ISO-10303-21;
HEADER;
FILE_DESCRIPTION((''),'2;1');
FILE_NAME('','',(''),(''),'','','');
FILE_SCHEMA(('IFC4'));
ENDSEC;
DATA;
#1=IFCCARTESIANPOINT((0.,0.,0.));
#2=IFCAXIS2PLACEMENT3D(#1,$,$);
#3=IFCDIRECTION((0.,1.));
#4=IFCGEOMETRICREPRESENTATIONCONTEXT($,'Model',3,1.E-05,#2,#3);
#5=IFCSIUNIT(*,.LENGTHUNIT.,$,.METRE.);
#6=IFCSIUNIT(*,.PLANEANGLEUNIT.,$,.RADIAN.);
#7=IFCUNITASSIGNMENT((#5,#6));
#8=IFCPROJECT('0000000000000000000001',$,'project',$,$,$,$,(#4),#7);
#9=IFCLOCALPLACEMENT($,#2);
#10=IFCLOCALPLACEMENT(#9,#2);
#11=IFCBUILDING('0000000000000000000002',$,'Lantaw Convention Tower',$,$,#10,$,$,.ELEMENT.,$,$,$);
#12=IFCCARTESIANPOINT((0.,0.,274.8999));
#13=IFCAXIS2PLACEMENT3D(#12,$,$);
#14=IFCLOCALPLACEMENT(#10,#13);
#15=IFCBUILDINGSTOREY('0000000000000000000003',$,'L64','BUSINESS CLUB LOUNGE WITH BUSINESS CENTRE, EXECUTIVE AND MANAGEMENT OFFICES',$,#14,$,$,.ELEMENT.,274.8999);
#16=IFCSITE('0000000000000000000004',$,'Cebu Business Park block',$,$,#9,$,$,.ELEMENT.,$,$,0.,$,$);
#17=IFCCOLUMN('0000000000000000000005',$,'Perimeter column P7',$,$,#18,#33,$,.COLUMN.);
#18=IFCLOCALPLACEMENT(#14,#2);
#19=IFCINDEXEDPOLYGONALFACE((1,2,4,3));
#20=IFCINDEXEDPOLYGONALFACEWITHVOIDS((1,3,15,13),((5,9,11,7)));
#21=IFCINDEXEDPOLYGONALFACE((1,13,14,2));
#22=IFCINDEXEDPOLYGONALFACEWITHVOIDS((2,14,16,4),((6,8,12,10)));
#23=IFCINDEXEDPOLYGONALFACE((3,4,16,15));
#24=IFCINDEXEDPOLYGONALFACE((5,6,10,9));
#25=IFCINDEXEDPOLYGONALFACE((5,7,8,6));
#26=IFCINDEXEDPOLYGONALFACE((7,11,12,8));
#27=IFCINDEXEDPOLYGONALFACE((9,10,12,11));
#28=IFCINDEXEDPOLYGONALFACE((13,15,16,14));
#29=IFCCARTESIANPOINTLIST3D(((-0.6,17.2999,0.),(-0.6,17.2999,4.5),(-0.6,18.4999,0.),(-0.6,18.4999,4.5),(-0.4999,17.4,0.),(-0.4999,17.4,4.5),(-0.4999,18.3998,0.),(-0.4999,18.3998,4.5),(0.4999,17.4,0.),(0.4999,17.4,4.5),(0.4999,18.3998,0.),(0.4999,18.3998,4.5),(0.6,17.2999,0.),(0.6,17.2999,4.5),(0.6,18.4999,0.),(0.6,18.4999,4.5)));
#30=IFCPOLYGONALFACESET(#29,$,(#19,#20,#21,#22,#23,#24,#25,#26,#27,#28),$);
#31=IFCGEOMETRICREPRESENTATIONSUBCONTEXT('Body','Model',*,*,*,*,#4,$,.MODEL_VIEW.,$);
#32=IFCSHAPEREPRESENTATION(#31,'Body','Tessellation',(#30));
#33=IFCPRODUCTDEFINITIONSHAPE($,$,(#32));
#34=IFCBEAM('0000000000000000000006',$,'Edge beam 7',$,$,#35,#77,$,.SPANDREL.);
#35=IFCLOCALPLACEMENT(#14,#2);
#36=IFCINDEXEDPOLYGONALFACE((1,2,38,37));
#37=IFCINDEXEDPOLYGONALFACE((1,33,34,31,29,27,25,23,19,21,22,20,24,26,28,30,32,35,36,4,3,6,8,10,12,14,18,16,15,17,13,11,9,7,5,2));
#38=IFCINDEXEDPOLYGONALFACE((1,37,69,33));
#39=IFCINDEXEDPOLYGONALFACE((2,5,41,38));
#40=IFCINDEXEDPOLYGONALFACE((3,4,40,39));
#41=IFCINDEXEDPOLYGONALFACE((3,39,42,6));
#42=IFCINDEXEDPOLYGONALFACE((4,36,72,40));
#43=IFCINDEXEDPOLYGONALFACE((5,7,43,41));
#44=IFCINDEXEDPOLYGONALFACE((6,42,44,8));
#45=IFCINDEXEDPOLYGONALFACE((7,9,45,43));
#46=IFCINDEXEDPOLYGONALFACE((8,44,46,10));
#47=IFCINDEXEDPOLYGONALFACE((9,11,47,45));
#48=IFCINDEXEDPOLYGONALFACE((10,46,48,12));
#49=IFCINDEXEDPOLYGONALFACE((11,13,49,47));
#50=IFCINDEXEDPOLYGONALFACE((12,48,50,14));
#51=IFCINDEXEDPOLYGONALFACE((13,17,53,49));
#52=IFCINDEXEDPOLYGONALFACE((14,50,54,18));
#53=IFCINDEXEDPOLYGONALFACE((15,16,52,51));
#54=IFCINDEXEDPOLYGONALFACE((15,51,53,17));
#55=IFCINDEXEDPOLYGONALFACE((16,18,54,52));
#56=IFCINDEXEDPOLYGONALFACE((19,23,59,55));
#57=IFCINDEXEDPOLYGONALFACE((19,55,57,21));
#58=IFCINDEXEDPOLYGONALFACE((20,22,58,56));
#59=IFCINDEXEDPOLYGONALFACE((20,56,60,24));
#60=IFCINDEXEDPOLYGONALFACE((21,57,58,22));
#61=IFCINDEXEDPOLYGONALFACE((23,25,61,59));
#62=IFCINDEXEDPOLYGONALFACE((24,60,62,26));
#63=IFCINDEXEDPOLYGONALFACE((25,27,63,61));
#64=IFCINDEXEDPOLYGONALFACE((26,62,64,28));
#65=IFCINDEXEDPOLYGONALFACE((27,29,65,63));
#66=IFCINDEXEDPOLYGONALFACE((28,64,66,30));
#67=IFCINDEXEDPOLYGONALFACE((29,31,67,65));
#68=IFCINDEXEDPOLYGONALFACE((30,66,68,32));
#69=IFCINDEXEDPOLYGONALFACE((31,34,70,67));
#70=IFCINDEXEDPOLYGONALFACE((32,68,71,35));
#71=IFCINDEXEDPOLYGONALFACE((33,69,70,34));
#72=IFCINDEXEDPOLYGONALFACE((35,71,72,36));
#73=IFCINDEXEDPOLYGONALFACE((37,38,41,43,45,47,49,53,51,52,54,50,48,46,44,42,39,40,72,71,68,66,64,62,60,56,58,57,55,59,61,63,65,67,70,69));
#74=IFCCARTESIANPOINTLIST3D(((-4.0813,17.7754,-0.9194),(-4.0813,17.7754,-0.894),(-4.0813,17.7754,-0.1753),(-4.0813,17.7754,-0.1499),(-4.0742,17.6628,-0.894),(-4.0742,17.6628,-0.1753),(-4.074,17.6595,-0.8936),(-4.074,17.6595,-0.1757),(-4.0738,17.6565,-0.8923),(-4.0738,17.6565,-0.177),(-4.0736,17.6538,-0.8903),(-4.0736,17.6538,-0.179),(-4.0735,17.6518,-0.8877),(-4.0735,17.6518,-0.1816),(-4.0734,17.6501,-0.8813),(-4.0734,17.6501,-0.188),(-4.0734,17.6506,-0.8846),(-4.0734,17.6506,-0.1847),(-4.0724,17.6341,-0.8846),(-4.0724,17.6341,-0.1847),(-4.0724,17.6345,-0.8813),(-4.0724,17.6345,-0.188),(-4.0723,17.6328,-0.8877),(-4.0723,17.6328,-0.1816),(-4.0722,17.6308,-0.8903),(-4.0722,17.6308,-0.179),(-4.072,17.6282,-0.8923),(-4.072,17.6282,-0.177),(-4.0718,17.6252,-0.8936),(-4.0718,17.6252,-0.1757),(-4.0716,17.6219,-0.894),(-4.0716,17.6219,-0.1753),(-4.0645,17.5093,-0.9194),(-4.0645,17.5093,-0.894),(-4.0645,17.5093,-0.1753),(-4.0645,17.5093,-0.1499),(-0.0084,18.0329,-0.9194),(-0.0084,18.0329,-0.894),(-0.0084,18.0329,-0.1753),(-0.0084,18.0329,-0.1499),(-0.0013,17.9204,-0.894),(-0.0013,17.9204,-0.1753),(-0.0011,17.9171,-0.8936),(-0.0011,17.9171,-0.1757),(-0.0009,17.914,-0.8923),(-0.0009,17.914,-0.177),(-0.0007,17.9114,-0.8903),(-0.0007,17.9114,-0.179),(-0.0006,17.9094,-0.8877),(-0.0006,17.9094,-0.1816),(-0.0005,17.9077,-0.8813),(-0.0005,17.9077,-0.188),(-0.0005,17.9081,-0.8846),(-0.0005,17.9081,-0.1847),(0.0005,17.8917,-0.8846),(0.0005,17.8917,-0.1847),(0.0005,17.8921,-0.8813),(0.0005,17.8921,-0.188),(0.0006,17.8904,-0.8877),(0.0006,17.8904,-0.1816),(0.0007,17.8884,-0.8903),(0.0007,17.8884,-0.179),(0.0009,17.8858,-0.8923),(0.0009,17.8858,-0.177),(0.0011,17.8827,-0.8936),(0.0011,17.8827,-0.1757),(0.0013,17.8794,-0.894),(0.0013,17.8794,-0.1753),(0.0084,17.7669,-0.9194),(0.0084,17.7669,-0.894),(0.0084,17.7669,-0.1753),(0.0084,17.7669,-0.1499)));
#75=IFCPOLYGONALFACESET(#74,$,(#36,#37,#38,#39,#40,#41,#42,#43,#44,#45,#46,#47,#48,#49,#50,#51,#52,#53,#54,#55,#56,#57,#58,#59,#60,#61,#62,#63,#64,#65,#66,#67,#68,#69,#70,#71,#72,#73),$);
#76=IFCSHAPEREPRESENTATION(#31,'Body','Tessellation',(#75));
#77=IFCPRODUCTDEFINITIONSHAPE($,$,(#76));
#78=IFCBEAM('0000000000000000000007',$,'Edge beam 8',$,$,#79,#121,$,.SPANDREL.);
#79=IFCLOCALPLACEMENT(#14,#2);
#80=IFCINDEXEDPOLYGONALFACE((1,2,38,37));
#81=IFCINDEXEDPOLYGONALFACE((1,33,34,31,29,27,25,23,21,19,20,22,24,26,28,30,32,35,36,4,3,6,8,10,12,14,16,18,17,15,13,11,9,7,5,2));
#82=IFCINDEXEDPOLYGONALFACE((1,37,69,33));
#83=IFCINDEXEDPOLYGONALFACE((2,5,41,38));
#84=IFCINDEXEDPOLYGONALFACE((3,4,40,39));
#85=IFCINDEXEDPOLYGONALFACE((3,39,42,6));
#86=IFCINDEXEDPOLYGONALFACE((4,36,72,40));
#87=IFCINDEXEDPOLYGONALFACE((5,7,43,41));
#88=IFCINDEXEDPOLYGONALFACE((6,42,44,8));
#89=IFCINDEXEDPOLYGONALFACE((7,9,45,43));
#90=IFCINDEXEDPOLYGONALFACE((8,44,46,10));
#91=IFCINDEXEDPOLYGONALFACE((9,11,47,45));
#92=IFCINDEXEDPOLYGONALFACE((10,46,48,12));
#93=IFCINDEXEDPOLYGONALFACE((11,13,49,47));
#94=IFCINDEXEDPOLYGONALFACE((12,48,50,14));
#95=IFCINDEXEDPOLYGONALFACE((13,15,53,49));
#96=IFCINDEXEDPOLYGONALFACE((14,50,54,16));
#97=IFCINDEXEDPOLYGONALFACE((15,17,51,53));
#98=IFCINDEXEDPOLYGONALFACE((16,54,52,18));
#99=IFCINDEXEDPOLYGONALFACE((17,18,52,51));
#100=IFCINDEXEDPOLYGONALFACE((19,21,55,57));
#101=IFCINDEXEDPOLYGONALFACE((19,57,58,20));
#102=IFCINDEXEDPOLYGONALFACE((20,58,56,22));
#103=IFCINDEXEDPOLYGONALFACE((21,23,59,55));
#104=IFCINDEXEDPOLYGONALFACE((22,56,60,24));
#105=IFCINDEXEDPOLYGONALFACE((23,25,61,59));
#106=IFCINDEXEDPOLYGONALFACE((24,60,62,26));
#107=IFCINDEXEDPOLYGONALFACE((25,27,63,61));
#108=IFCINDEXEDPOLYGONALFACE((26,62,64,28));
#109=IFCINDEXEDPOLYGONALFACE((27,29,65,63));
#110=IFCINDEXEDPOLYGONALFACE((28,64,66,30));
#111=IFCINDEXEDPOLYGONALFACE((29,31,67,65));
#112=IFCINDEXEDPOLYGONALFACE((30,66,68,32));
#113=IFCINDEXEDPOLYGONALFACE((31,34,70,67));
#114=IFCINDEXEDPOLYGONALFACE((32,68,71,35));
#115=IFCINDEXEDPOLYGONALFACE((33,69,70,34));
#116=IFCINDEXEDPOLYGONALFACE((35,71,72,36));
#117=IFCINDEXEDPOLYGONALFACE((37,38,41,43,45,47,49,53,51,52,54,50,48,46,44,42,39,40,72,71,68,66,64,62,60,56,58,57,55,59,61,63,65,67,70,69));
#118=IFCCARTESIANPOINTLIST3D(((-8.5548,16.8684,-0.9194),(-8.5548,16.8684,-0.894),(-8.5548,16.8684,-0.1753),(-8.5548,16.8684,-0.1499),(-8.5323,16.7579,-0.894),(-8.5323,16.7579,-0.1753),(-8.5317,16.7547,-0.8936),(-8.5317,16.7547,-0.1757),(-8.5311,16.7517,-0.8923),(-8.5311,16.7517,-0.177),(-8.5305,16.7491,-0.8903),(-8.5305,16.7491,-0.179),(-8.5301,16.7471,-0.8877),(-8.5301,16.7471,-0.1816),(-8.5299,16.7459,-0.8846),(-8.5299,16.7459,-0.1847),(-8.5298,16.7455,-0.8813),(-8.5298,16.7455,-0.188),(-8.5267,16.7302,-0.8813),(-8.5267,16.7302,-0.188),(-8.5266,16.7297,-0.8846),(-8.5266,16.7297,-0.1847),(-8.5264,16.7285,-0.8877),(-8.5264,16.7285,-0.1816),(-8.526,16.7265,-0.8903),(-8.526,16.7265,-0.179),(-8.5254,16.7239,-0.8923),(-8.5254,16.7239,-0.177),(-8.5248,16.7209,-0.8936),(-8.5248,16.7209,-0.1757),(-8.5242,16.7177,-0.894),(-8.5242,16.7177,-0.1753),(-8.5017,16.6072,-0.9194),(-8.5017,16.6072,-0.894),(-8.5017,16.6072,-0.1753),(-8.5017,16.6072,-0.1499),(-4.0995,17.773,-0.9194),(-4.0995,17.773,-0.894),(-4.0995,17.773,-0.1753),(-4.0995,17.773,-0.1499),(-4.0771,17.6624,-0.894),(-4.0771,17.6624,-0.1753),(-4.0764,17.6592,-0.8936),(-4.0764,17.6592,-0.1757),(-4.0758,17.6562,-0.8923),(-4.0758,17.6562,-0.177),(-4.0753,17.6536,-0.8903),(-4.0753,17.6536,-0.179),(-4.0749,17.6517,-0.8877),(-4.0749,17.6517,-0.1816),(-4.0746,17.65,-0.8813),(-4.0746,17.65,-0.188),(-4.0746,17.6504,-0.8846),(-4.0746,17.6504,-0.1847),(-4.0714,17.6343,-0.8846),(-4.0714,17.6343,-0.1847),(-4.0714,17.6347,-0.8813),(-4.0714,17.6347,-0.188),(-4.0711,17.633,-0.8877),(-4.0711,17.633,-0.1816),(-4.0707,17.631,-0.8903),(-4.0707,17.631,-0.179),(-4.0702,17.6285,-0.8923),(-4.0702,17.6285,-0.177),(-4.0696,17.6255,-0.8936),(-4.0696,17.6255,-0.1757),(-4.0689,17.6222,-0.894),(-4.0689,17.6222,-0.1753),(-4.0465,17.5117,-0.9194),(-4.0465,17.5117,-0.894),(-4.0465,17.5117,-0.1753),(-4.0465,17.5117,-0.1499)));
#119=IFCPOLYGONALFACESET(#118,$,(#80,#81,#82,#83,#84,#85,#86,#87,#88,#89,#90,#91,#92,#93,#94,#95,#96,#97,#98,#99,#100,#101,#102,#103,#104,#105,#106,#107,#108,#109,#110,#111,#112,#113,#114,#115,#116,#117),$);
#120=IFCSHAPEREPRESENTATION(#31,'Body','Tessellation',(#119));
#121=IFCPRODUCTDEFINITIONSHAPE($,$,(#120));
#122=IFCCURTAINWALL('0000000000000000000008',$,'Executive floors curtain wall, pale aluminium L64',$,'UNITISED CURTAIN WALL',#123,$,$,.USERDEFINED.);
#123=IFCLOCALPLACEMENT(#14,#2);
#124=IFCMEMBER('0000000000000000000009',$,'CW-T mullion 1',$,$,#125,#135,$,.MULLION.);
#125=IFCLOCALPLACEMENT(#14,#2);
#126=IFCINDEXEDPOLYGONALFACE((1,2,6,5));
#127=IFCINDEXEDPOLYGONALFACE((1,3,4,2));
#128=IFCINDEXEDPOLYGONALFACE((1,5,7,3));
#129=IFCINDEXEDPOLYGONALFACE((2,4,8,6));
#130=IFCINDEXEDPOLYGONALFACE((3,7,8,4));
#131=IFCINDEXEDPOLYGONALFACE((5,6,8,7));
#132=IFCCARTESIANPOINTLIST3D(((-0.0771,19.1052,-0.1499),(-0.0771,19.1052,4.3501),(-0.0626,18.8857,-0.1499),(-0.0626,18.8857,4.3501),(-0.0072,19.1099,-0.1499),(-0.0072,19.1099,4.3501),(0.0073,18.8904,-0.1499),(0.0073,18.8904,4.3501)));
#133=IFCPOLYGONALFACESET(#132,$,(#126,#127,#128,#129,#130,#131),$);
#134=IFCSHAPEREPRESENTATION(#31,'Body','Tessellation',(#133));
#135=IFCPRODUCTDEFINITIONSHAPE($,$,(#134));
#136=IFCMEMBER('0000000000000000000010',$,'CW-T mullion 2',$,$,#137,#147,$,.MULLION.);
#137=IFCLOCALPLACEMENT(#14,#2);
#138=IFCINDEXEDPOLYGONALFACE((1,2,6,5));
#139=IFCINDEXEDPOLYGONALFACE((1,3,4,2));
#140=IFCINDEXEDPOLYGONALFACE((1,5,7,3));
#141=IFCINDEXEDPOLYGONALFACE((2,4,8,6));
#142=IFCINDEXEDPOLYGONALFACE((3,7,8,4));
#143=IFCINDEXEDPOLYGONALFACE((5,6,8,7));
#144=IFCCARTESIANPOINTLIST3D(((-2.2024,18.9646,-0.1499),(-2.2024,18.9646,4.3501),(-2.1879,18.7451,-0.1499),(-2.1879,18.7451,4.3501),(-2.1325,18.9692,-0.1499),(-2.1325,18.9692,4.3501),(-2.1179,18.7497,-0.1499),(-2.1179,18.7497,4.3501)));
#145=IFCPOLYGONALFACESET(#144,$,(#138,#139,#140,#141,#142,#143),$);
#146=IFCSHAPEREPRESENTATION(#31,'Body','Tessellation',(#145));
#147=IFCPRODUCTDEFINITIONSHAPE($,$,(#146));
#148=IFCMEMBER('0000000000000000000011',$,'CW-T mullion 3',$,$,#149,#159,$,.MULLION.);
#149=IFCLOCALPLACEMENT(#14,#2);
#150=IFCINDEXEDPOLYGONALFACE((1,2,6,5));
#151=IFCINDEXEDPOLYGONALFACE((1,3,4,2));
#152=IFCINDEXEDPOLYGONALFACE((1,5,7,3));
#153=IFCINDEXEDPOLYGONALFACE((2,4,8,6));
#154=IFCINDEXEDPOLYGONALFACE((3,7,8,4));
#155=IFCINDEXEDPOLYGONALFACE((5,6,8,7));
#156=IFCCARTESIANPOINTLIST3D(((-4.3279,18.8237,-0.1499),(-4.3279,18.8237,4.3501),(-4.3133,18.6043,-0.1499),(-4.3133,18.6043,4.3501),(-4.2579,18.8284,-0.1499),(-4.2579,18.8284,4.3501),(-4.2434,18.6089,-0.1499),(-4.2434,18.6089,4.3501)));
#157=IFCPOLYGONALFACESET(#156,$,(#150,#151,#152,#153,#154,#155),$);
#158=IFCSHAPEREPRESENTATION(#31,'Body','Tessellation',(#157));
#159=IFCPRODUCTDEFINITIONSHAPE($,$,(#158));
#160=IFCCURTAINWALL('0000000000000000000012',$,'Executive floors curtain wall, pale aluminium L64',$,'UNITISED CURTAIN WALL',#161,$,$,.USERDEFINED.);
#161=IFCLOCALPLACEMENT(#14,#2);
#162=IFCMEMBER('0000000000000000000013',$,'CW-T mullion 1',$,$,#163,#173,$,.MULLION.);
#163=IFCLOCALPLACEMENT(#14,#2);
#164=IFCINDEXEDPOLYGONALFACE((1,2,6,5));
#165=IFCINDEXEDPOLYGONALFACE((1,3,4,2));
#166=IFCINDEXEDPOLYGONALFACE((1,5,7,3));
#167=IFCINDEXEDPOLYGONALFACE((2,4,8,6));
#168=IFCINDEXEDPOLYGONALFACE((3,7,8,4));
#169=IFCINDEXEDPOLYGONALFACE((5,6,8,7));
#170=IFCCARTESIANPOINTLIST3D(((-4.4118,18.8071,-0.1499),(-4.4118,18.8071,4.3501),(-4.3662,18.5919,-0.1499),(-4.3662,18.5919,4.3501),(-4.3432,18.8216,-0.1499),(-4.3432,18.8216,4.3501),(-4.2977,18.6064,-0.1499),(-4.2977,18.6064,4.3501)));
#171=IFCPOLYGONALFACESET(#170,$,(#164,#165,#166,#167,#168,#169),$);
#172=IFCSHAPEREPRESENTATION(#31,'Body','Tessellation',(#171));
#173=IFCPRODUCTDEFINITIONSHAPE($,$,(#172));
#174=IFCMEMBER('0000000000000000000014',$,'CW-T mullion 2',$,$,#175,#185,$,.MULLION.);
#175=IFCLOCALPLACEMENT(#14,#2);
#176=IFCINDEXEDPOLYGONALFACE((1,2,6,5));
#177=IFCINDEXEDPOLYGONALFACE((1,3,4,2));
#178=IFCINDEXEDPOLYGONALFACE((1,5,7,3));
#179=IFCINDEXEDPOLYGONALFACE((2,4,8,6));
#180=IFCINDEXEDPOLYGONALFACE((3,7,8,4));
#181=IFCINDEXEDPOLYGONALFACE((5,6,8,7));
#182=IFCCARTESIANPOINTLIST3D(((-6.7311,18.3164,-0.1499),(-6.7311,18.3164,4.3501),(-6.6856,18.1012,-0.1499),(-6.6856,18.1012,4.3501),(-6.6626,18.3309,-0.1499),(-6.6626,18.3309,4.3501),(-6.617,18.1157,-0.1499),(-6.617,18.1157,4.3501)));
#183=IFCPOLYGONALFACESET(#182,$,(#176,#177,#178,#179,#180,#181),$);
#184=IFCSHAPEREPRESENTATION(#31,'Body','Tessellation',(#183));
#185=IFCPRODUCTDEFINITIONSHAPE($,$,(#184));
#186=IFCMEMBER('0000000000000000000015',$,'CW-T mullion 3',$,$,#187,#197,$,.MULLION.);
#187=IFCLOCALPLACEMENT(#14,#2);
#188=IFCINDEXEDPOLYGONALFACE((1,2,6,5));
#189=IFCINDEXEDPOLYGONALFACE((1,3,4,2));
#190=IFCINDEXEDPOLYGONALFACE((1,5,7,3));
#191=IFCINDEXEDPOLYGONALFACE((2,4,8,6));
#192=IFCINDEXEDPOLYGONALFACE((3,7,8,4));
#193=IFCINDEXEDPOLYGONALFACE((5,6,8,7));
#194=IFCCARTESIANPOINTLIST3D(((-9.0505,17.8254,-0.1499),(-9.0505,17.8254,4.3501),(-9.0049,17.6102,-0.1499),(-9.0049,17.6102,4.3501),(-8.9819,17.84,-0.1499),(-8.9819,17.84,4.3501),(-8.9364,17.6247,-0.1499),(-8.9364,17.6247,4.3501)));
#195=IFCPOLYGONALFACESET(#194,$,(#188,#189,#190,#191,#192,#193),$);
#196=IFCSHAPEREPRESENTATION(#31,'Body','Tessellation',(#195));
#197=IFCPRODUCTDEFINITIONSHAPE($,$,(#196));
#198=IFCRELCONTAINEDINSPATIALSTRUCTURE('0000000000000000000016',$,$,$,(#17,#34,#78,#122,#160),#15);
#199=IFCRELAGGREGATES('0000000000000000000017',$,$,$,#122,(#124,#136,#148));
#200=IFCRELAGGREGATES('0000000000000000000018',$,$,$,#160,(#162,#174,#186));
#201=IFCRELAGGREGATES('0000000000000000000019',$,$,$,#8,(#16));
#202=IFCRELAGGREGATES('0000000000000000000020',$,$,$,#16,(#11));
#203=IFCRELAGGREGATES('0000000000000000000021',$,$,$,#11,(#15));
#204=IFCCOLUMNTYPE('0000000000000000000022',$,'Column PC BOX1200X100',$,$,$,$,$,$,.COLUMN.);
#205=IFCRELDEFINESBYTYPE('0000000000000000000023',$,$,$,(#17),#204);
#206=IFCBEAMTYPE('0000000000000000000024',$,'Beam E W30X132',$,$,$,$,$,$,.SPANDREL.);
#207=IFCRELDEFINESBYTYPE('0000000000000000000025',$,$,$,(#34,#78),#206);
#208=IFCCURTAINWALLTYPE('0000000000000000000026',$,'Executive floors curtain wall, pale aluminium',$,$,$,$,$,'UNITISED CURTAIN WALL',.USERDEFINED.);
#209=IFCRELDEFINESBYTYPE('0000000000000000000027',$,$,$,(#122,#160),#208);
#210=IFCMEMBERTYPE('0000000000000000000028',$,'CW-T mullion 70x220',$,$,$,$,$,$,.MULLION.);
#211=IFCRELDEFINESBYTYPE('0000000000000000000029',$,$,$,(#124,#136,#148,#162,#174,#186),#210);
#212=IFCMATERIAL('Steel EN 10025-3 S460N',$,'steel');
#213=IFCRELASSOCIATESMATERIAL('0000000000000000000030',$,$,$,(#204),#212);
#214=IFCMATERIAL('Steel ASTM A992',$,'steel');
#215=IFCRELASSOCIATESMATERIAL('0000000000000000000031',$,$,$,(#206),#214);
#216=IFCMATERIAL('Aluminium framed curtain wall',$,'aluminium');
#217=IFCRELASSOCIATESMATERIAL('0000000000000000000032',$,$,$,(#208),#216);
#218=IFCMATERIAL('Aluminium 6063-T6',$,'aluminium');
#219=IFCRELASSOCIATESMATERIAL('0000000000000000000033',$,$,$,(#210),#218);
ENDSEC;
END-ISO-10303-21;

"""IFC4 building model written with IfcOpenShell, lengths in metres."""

from ifc_helpers import new_model, si_unit, direction, frame, origin, origin_2d, place, context, subcontext, project, spatial, rectangle, hollow_rectangle, i_section, extrude, material, material_profile, profile_set, type_object, element, aggregate, save


model = new_model("IFC4")

# Units and contexts
model_context = context("Model", 3, precision=1e-05, world=origin(), true_north=direction((0.0, 1.0)))
body_context = subcontext(model_context, "Body", "Model", "MODEL_VIEW")
ifc_project = project(units=[si_unit("LENGTHUNIT", "METRE"), si_unit("PLANEANGLEUNIT", "RADIAN")], contexts=[model_context])

# Site, building, storey
site_placement = place(None, origin())
site = spatial("IfcSite", under=ifc_project, at=site_placement, Name="Cebu Business Park block", CompositionType="ELEMENT", RefElevation=0.0)
building_placement = place(site_placement, origin())
building = spatial("IfcBuilding", under=site, at=building_placement, Name="Lantaw Convention Tower", CompositionType="ELEMENT")
storey_placement = place(building_placement, frame((0.0, 0.0, 274.8999)))
storey = spatial("IfcBuildingStorey", under=building, at=storey_placement, Name="L64", Description="BUSINESS CLUB LOUNGE WITH BUSINESS CENTRE, EXECUTIVE AND MANAGEMENT OFFICES", CompositionType="ELEMENT", Elevation=274.8999)

# Column
ifc_material_1 = material(Name="Steel EN 10025-3 S460N", Category="steel")
ifc_material_profile_1 = material_profile(ifc_material_1, hollow_rectangle(XDim=1.2, YDim=1.2, WallThickness=0.1001, at=origin_2d()), Name="BOX1200X100")
ifc_material_2 = material(Name="Concrete C60/75", Category="concrete")
ifc_material_profile_2 = material_profile(ifc_material_2, rectangle(XDim=1.0, YDim=1.0, at=origin_2d()), Name="Concrete fill of BOX1200X100")
ifc_profile_set_1 = profile_set([ifc_material_profile_1, ifc_material_profile_2], Name="Steel EN 10025-3 S460N")
column_type = type_object("IfcColumnType", Name="Column PC BOX1200X100", PredefinedType="COLUMN", material=ifc_profile_set_1)
column_placement = place(storey_placement, frame((0.0, 17.8999, 0.0), z_axis=(0.0, 0.0, 1.0), x_axis=(1.0, 0.0, 0.0)))
element("IfcColumn", 1, at=column_placement, inside=storey, type_object=column_type, Name="Perimeter column P7", PredefinedType="COLUMN", context=body_context, shape_type="SweptSolid", body=[
    extrude(hollow_rectangle(XDim=1.2, YDim=1.2, WallThickness=0.1001, at=origin_2d()), origin(), (0.0, 0.0, 1.0), 4.5),
])

# Beams
ifc_material_3 = material(Name="Steel ASTM A992", Category="steel")
ifc_material_profile_3 = material_profile(ifc_material_3, i_section(OverallWidth=0.2666, OverallDepth=0.7695, WebThickness=0.0156, FlangeThickness=0.0254, FilletRadius=0.0127, at=origin_2d()), Name="W30X132")
ifc_profile_set_2 = profile_set([ifc_material_profile_3], Name="Steel ASTM A992")
beam_type = type_object("IfcBeamType", Name="Beam E W30X132", PredefinedType="SPANDREL", material=ifc_profile_set_2)
beam_1_placement = place(storey_placement, frame((0.0, 17.8999, -0.5347), z_axis=(-0.998006, -0.063112, 0.0), x_axis=(0.063112, -0.998006, 0.0)))
element("IfcBeam", 2, at=beam_1_placement, inside=storey, type_object=beam_type, Name="Edge beam 7", PredefinedType="SPANDREL", context=body_context, shape_type="SweptSolid", body=[
    extrude(i_section(OverallWidth=0.2666, OverallDepth=0.7695, WebThickness=0.0156, FlangeThickness=0.0254, FilletRadius=0.0127, at=origin_2d()), origin(), (0.0, 0.0, 1.0), 4.0811),
])
beam_2_placement = place(storey_placement, frame((-4.073, 17.6423, -0.5347), z_axis=(-0.980006, -0.198966, 0.0), x_axis=(0.198966, -0.980006, 0.0)))
element("IfcBeam", 3, at=beam_2_placement, inside=storey, type_object=beam_type, Name="Edge beam 8", PredefinedType="SPANDREL", context=body_context, shape_type="SweptSolid", body=[
    extrude(i_section(OverallWidth=0.2666, OverallDepth=0.7695, WebThickness=0.0156, FlangeThickness=0.0254, FilletRadius=0.0127, at=origin_2d()), origin(), (0.0, 0.0, 1.0), 4.5461),
])

# Curtain walls, members
ifc_material_4 = material(Name="Aluminium framed curtain wall", Category="aluminium")
curtain_wall_type = type_object("IfcCurtainWallType", Name="Executive floors curtain wall, pale aluminium", ElementType="UNITISED CURTAIN WALL", PredefinedType="USERDEFINED", material=ifc_material_4)
curtain_wall_1_placement = place(storey_placement, origin())
curtain_wall_1 = element("IfcCurtainWall", 4, at=curtain_wall_1_placement, inside=storey, type_object=curtain_wall_type, Name="Executive floors curtain wall, pale aluminium L64", ObjectType="UNITISED CURTAIN WALL", PredefinedType="USERDEFINED")
ifc_material_5 = material(Name="Aluminium 6063-T6", Category="aluminium")
ifc_material_profile_4 = material_profile(ifc_material_5, rectangle(XDim=0.22, YDim=0.0701, at=origin_2d()), Name="CW-T mullion 70x220")
ifc_profile_set_3 = profile_set([ifc_material_profile_4], Name="Aluminium 6063-T6")
member_type_1 = type_object("IfcMemberType", Name="CW-T mullion 70x220", PredefinedType="MULLION", material=ifc_profile_set_3)
member_1_placement = place(storey_placement, frame((-0.0349, 18.9978, -0.1499), z_axis=(0.0, 0.0, 1.0), x_axis=(0.066025, -0.997818, 0.0)))
member_1 = element("IfcMember", 5, at=member_1_placement, type_object=member_type_1, Name="CW-T mullion 1", PredefinedType="MULLION", context=body_context, shape_type="SweptSolid", body=[
    extrude(rectangle(XDim=0.22, YDim=0.0701, at=origin_2d()), origin(), (0.0, 0.0, 1.0), 4.5),
])
member_2_placement = place(storey_placement, frame((-2.1602, 18.8572, -0.1499), z_axis=(0.0, 0.0, 1.0), x_axis=(0.066025, -0.997818, 0.0)))
member_2 = element("IfcMember", 6, at=member_2_placement, type_object=member_type_1, Name="CW-T mullion 2", PredefinedType="MULLION", context=body_context, shape_type="SweptSolid", body=[
    extrude(rectangle(XDim=0.22, YDim=0.0701, at=origin_2d()), origin(), (0.0, 0.0, 1.0), 4.5),
])
member_3_placement = place(storey_placement, frame((-4.2856, 18.7163, -0.1499), z_axis=(0.0, 0.0, 1.0), x_axis=(0.066025, -0.997818, 0.0)))
member_3 = element("IfcMember", 7, at=member_3_placement, type_object=member_type_1, Name="CW-T mullion 3", PredefinedType="MULLION", context=body_context, shape_type="SweptSolid", body=[
    extrude(rectangle(XDim=0.22, YDim=0.0701, at=origin_2d()), origin(), (0.0, 0.0, 1.0), 4.5),
])
curtain_wall_2_placement = place(storey_placement, origin())
curtain_wall_2 = element("IfcCurtainWall", 8, at=curtain_wall_2_placement, inside=storey, type_object=curtain_wall_type, Name="Executive floors curtain wall, pale aluminium L64", ObjectType="UNITISED CURTAIN WALL", PredefinedType="USERDEFINED")
member_4_placement = place(storey_placement, frame((-4.3547, 18.7068, -0.1499), z_axis=(0.0, 0.0, 1.0), x_axis=(0.20704, -0.978332, 0.0)))
member_4 = element("IfcMember", 9, at=member_4_placement, type_object=member_type_1, Name="CW-T mullion 1", PredefinedType="MULLION", context=body_context, shape_type="SweptSolid", body=[
    extrude(rectangle(XDim=0.22, YDim=0.0701, at=origin_2d()), origin(), (0.0, 0.0, 1.0), 4.5),
])
member_5_placement = place(storey_placement, frame((-6.6741, 18.2161, -0.1499), z_axis=(0.0, 0.0, 1.0), x_axis=(0.20704, -0.978332, 0.0)))
member_5 = element("IfcMember", 10, at=member_5_placement, type_object=member_type_1, Name="CW-T mullion 2", PredefinedType="MULLION", context=body_context, shape_type="SweptSolid", body=[
    extrude(rectangle(XDim=0.22, YDim=0.0701, at=origin_2d()), origin(), (0.0, 0.0, 1.0), 4.5),
])
member_6_placement = place(storey_placement, frame((-8.9934, 17.7251, -0.1499), z_axis=(0.0, 0.0, 1.0), x_axis=(0.20704, -0.978332, 0.0)))
member_6 = element("IfcMember", 11, at=member_6_placement, type_object=member_type_1, Name="CW-T mullion 3", PredefinedType="MULLION", context=body_context, shape_type="SweptSolid", body=[
    extrude(rectangle(XDim=0.22, YDim=0.0701, at=origin_2d()), origin(), (0.0, 0.0, 1.0), 4.5),
])

aggregate(curtain_wall_1, [member_1, member_2, member_3])
aggregate(curtain_wall_2, [member_4, member_5, member_6])

save(model, "model.ifc")
